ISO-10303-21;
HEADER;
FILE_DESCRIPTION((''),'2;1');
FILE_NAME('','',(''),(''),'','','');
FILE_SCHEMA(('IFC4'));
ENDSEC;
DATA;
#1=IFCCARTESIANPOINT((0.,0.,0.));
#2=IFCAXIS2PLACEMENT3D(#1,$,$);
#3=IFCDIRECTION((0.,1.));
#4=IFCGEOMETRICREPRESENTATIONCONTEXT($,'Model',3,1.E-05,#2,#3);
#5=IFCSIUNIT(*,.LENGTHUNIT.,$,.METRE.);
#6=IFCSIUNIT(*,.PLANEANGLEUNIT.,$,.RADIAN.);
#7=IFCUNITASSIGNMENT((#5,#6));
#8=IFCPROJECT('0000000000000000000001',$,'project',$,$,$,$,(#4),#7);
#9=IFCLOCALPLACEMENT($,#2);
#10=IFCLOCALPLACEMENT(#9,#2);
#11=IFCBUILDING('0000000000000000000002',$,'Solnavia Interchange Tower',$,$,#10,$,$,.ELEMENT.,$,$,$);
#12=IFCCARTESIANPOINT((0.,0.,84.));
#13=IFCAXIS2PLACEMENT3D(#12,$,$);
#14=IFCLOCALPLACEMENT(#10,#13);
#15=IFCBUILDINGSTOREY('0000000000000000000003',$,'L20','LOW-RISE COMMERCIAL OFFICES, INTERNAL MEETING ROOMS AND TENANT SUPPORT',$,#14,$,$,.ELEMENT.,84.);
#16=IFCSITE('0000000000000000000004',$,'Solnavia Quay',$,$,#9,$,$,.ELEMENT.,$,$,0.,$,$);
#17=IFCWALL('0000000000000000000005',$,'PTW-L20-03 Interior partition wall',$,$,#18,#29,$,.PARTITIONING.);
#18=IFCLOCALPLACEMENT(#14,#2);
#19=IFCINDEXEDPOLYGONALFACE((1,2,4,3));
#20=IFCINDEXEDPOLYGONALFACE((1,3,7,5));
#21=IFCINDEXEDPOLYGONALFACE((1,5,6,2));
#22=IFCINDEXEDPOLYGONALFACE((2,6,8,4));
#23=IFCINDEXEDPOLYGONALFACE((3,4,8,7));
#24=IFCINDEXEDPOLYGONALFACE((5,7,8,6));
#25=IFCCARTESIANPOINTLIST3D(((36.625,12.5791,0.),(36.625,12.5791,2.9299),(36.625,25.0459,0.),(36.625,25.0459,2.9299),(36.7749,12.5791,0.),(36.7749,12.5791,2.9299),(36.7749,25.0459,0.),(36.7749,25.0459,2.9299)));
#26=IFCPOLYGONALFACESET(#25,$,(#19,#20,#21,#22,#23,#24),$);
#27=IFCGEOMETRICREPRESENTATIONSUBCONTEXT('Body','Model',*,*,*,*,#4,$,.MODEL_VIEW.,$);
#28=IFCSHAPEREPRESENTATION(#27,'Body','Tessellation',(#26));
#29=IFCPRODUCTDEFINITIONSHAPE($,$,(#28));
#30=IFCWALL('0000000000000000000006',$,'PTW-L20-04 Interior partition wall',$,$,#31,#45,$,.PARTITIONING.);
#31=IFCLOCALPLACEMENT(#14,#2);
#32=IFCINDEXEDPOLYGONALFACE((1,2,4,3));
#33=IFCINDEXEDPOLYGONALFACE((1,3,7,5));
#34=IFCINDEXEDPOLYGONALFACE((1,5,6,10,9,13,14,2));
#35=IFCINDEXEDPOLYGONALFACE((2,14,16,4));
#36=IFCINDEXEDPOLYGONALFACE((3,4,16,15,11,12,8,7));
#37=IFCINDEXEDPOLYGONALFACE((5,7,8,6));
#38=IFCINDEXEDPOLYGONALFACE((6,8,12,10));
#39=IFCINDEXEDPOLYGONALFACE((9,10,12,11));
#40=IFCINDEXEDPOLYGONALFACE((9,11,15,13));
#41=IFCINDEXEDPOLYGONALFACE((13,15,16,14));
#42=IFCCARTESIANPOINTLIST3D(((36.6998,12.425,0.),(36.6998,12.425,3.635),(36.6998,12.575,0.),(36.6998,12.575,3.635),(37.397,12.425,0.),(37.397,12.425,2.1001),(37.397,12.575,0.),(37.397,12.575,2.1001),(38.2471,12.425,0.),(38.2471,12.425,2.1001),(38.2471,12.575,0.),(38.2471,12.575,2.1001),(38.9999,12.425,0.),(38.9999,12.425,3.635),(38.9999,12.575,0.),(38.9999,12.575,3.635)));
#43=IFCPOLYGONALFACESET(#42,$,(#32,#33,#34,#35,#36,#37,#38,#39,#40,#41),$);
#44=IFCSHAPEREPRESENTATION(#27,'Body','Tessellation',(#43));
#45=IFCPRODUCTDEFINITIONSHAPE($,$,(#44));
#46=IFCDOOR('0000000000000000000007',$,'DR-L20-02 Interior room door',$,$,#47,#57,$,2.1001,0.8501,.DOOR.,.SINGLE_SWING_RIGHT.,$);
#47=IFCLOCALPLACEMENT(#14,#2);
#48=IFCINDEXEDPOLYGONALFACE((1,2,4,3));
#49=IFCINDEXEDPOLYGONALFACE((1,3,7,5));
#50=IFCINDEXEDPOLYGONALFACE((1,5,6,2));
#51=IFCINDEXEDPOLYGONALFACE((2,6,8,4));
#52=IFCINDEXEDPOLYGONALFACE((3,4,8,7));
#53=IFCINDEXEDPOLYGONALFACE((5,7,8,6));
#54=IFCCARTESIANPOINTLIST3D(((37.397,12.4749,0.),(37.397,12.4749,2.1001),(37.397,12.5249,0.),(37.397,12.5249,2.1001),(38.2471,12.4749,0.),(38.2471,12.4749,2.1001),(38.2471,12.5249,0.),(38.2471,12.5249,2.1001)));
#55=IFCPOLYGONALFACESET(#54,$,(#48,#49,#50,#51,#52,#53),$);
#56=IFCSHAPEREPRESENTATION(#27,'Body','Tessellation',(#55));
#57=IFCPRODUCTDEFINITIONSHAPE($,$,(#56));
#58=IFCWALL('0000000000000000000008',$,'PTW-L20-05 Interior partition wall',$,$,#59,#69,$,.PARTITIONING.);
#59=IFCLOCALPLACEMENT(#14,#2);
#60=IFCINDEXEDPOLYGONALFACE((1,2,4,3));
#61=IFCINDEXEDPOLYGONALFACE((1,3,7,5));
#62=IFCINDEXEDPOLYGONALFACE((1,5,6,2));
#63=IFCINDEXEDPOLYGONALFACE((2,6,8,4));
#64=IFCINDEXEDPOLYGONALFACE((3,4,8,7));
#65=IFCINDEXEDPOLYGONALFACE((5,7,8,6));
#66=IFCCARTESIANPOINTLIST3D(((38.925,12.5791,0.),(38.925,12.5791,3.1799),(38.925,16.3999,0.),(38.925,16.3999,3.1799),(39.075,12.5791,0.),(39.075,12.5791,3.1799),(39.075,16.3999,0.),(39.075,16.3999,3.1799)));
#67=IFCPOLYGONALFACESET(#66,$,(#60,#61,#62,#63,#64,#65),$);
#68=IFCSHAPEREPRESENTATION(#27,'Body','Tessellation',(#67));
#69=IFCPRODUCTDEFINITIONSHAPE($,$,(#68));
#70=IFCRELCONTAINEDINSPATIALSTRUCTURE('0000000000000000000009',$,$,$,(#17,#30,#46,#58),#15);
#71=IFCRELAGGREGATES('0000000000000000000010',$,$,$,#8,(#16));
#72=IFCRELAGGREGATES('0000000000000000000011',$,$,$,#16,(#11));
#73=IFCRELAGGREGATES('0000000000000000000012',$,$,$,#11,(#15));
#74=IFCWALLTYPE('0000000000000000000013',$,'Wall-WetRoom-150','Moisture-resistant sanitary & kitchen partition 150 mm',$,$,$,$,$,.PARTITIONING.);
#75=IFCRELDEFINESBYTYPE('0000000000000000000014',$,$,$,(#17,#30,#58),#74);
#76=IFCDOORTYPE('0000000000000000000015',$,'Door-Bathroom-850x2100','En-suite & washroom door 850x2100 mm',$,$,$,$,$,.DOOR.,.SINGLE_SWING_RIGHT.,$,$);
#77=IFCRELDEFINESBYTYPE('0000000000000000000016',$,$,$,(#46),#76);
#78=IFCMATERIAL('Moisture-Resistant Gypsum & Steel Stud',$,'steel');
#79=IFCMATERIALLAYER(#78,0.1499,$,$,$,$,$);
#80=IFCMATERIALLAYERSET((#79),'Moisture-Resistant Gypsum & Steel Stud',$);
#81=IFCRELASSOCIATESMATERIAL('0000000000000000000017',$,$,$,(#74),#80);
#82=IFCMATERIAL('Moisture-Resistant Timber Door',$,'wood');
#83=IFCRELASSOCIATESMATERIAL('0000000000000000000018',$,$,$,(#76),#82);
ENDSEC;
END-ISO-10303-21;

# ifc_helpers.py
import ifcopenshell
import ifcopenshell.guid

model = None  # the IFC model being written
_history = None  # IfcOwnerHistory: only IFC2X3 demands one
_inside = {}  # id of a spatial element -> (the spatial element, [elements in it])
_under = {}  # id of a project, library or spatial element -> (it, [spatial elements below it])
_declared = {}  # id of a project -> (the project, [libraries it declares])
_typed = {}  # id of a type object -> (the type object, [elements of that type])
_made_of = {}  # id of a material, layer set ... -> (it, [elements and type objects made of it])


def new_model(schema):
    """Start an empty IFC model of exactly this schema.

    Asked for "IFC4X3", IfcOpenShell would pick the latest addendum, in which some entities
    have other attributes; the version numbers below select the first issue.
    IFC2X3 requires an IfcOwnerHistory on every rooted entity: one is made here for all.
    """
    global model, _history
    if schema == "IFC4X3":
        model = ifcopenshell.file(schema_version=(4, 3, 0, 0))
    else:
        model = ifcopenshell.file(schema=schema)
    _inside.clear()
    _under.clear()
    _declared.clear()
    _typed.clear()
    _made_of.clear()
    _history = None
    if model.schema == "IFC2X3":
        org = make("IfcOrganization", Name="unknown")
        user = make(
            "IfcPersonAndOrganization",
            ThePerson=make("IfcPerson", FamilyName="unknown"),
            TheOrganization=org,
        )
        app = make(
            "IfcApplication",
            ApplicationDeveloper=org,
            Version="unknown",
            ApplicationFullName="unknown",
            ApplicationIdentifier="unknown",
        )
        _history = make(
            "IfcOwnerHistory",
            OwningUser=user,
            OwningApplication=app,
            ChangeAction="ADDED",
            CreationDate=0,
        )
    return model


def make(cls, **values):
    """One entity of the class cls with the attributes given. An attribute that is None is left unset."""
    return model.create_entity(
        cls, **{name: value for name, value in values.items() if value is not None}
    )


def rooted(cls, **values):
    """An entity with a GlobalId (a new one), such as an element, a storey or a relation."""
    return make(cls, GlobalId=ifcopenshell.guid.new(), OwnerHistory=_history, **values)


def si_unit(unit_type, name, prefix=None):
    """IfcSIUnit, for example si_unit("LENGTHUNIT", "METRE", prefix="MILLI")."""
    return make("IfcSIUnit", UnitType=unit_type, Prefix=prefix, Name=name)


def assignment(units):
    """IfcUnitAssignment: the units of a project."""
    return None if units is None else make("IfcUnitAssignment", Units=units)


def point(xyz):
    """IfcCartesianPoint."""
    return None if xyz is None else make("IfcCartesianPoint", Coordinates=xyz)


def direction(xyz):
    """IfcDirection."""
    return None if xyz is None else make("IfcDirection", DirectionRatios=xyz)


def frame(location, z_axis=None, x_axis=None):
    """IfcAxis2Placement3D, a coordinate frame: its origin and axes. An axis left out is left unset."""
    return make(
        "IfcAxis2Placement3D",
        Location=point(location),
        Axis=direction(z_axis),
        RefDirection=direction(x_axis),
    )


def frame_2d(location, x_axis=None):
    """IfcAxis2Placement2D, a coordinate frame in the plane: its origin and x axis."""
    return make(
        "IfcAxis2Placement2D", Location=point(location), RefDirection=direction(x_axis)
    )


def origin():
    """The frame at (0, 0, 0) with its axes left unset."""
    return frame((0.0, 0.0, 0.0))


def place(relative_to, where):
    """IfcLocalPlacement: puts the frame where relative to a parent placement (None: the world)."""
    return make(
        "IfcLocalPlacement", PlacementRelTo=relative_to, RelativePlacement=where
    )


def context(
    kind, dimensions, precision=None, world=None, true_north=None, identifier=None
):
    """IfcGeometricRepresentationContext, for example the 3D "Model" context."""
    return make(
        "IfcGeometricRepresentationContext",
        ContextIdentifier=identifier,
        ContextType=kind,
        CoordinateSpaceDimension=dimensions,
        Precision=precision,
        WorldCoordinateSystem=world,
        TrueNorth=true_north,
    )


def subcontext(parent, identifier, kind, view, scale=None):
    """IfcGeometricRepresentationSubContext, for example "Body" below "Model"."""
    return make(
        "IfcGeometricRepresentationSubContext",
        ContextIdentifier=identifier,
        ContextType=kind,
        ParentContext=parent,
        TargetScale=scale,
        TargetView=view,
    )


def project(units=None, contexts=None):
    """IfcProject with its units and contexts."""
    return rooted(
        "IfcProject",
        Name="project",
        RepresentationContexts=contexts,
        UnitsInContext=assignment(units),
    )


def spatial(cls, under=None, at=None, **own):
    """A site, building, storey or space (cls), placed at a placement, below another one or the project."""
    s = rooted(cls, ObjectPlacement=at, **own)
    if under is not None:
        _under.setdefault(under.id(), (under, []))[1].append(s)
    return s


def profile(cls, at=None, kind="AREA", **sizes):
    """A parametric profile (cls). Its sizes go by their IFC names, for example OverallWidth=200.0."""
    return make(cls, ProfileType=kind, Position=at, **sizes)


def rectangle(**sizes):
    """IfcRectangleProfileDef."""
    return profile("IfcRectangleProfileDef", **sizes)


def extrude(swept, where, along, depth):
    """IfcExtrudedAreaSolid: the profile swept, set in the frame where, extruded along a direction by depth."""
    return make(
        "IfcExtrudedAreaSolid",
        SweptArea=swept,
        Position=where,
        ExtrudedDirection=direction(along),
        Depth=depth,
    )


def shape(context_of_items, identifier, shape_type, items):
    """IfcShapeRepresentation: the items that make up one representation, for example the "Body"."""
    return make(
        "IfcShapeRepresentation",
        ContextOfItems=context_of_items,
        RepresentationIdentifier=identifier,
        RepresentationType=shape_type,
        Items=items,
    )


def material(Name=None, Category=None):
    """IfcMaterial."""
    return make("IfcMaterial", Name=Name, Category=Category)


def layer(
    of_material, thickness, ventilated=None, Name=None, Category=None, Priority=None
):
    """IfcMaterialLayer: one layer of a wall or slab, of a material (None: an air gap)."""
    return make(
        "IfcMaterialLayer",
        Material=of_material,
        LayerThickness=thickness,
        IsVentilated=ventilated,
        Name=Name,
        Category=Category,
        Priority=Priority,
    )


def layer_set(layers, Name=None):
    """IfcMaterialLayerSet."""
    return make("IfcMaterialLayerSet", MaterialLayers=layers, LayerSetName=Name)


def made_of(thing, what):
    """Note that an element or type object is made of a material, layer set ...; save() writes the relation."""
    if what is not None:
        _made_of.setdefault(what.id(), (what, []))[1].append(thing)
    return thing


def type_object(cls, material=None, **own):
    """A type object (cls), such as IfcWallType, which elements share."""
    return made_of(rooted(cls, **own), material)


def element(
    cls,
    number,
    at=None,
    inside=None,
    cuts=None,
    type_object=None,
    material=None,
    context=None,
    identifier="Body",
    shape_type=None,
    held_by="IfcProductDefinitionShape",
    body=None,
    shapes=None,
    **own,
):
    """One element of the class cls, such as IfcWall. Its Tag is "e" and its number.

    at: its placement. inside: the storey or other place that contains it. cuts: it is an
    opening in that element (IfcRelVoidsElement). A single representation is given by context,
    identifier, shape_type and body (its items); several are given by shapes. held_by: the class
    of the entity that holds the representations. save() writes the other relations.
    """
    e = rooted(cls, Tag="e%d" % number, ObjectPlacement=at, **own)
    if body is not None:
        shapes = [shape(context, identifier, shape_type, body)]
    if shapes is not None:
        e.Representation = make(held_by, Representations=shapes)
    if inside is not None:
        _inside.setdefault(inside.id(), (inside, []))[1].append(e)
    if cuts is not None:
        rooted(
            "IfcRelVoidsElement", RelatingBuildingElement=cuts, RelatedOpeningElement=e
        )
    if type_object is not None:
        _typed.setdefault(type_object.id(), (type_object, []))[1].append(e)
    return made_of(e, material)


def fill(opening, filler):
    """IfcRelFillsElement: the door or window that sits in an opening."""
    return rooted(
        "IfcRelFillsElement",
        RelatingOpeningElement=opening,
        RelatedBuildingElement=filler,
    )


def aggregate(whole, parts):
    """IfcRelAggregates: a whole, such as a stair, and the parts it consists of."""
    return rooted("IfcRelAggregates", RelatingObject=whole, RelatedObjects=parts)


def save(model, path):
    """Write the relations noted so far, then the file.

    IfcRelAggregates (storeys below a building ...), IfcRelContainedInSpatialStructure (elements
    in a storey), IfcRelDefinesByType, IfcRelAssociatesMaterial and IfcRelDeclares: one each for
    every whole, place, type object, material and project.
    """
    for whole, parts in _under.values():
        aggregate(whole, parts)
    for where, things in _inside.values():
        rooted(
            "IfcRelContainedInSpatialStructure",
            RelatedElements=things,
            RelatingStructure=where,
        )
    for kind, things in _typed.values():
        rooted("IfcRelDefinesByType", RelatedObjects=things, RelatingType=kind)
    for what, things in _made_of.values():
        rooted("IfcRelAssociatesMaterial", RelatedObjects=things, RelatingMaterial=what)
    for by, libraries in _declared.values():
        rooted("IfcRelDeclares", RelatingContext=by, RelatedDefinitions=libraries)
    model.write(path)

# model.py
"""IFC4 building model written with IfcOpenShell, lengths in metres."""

from ifc_helpers import new_model, si_unit, direction, frame, frame_2d, origin, place, context, subcontext, project, spatial, rectangle, extrude, material, layer, layer_set, type_object, element, fill, save


model = new_model("IFC4")

# Units and contexts
model_context = context("Model", 3, precision=1e-05, world=origin(), true_north=direction((0.0, 1.0)))
body_context = subcontext(model_context, "Body", "Model", "MODEL_VIEW")
ifc_project = project(units=[si_unit("LENGTHUNIT", "METRE"), si_unit("PLANEANGLEUNIT", "RADIAN")], contexts=[model_context])

# Site, building, storey
site_placement = place(None, origin())
site = spatial("IfcSite", under=ifc_project, at=site_placement, Name="Solnavia Quay", CompositionType="ELEMENT", RefElevation=0.0)
building_placement = place(site_placement, origin())
building = spatial("IfcBuilding", under=site, at=building_placement, Name="Solnavia Interchange Tower", CompositionType="ELEMENT")
storey_placement = place(building_placement, frame((0.0, 0.0, 84.0)))
storey = spatial("IfcBuildingStorey", under=building, at=storey_placement, Name="L20", Description="LOW-RISE COMMERCIAL OFFICES, INTERNAL MEETING ROOMS AND TENANT SUPPORT", CompositionType="ELEMENT", Elevation=84.0)

# Shared definitions
ifc_material_1 = material(Name="Moisture-Resistant Gypsum & Steel Stud", Category="steel")
ifc_layer_1 = layer(ifc_material_1, 0.1499)
ifc_layer_set_1 = layer_set([ifc_layer_1], Name="Moisture-Resistant Gypsum & Steel Stud")
wall_type_1 = type_object("IfcWallType", Name="Wall-WetRoom-150", Description="Moisture-resistant sanitary & kitchen partition 150 mm", PredefinedType="PARTITIONING", material=ifc_layer_set_1)

# Shared definitions
ifc_material_2 = material(Name="Moisture-Resistant Timber Door", Category="wood")
door_type_1 = type_object("IfcDoorType", Name="Door-Bathroom-850x2100", Description="En-suite & washroom door 850x2100 mm", OperationType="SINGLE_SWING_RIGHT", PredefinedType="DOOR", material=ifc_material_2)

# Wall
wall_1_placement = place(storey_placement, frame((36.7, 12.5791, 0.0), z_axis=(0.0, 0.0, 1.0), x_axis=(0.0, 1.0, 0.0)))
element("IfcWall", 1, at=wall_1_placement, inside=storey, type_object=wall_type_1, Name="PTW-L20-03 Interior partition wall", PredefinedType="PARTITIONING", context=body_context, shape_type="SweptSolid", body=[
    extrude(rectangle(XDim=12.4668, YDim=0.1499, at=frame_2d((6.2334, 0.0))), origin(), (0.0, 0.0, 1.0), 2.9299),
])

# Wall, opening, door
wall_2_placement = place(storey_placement, frame((36.7, 12.5, 0.0), z_axis=(0.0, 0.0, 1.0), x_axis=(1.0, 0.0, 0.0)))
wall_2 = element("IfcWall", 2, at=wall_2_placement, inside=storey, type_object=wall_type_1, Name="PTW-L20-04 Interior partition wall", PredefinedType="PARTITIONING", context=body_context, shape_type="SweptSolid", body=[
    extrude(rectangle(XDim=2.3, YDim=0.1499, at=frame_2d((1.1499, 0.0))), origin(), (0.0, 0.0, 1.0), 3.635),
])
opening_1_placement = place(wall_2_placement, frame((0.697, 0.0, 0.0)))
opening_1 = element("IfcOpeningElement", 3, at=opening_1_placement, cuts=wall_2, PredefinedType="OPENING", context=body_context, shape_type="SweptSolid", body=[
    extrude(rectangle(XDim=0.8501, YDim=2.1001, at=frame_2d((0.425, 1.05))), frame((0.0, 0.085, 0.0), z_axis=(0.0, -1.0, 0.0), x_axis=(1.0, 0.0, 0.0)), (0.0, 0.0, 1.0), 0.1699),
])
door_1_placement = place(opening_1_placement, origin())
door_1 = element("IfcDoor", 4, at=door_1_placement, inside=storey, type_object=door_type_1, Name="DR-L20-02 Interior room door", OperationType="SINGLE_SWING_RIGHT", OverallHeight=2.1001, OverallWidth=0.8501, PredefinedType="DOOR", context=body_context, shape_type="SweptSolid", body=[
    extrude(rectangle(XDim=0.8501, YDim=2.1001, at=frame_2d((0.425, 1.05))), frame((0.0, 0.0249, 0.0), z_axis=(0.0, -1.0, 0.0), x_axis=(1.0, 0.0, 0.0)), (0.0, 0.0, 1.0), 0.05),
])
fill(opening_1, door_1)

# Wall
wall_3_placement = place(storey_placement, frame((39.0, 12.5791, 0.0), z_axis=(0.0, 0.0, 1.0), x_axis=(0.0, 1.0, 0.0)))
element("IfcWall", 5, at=wall_3_placement, inside=storey, type_object=wall_type_1, Name="PTW-L20-05 Interior partition wall", PredefinedType="PARTITIONING", context=body_context, shape_type="SweptSolid", body=[
    extrude(rectangle(XDim=3.8208, YDim=0.1499, at=frame_2d((1.9104, 0.0))), origin(), (0.0, 0.0, 1.0), 3.1799),
])

save(model, "model.ifc")
